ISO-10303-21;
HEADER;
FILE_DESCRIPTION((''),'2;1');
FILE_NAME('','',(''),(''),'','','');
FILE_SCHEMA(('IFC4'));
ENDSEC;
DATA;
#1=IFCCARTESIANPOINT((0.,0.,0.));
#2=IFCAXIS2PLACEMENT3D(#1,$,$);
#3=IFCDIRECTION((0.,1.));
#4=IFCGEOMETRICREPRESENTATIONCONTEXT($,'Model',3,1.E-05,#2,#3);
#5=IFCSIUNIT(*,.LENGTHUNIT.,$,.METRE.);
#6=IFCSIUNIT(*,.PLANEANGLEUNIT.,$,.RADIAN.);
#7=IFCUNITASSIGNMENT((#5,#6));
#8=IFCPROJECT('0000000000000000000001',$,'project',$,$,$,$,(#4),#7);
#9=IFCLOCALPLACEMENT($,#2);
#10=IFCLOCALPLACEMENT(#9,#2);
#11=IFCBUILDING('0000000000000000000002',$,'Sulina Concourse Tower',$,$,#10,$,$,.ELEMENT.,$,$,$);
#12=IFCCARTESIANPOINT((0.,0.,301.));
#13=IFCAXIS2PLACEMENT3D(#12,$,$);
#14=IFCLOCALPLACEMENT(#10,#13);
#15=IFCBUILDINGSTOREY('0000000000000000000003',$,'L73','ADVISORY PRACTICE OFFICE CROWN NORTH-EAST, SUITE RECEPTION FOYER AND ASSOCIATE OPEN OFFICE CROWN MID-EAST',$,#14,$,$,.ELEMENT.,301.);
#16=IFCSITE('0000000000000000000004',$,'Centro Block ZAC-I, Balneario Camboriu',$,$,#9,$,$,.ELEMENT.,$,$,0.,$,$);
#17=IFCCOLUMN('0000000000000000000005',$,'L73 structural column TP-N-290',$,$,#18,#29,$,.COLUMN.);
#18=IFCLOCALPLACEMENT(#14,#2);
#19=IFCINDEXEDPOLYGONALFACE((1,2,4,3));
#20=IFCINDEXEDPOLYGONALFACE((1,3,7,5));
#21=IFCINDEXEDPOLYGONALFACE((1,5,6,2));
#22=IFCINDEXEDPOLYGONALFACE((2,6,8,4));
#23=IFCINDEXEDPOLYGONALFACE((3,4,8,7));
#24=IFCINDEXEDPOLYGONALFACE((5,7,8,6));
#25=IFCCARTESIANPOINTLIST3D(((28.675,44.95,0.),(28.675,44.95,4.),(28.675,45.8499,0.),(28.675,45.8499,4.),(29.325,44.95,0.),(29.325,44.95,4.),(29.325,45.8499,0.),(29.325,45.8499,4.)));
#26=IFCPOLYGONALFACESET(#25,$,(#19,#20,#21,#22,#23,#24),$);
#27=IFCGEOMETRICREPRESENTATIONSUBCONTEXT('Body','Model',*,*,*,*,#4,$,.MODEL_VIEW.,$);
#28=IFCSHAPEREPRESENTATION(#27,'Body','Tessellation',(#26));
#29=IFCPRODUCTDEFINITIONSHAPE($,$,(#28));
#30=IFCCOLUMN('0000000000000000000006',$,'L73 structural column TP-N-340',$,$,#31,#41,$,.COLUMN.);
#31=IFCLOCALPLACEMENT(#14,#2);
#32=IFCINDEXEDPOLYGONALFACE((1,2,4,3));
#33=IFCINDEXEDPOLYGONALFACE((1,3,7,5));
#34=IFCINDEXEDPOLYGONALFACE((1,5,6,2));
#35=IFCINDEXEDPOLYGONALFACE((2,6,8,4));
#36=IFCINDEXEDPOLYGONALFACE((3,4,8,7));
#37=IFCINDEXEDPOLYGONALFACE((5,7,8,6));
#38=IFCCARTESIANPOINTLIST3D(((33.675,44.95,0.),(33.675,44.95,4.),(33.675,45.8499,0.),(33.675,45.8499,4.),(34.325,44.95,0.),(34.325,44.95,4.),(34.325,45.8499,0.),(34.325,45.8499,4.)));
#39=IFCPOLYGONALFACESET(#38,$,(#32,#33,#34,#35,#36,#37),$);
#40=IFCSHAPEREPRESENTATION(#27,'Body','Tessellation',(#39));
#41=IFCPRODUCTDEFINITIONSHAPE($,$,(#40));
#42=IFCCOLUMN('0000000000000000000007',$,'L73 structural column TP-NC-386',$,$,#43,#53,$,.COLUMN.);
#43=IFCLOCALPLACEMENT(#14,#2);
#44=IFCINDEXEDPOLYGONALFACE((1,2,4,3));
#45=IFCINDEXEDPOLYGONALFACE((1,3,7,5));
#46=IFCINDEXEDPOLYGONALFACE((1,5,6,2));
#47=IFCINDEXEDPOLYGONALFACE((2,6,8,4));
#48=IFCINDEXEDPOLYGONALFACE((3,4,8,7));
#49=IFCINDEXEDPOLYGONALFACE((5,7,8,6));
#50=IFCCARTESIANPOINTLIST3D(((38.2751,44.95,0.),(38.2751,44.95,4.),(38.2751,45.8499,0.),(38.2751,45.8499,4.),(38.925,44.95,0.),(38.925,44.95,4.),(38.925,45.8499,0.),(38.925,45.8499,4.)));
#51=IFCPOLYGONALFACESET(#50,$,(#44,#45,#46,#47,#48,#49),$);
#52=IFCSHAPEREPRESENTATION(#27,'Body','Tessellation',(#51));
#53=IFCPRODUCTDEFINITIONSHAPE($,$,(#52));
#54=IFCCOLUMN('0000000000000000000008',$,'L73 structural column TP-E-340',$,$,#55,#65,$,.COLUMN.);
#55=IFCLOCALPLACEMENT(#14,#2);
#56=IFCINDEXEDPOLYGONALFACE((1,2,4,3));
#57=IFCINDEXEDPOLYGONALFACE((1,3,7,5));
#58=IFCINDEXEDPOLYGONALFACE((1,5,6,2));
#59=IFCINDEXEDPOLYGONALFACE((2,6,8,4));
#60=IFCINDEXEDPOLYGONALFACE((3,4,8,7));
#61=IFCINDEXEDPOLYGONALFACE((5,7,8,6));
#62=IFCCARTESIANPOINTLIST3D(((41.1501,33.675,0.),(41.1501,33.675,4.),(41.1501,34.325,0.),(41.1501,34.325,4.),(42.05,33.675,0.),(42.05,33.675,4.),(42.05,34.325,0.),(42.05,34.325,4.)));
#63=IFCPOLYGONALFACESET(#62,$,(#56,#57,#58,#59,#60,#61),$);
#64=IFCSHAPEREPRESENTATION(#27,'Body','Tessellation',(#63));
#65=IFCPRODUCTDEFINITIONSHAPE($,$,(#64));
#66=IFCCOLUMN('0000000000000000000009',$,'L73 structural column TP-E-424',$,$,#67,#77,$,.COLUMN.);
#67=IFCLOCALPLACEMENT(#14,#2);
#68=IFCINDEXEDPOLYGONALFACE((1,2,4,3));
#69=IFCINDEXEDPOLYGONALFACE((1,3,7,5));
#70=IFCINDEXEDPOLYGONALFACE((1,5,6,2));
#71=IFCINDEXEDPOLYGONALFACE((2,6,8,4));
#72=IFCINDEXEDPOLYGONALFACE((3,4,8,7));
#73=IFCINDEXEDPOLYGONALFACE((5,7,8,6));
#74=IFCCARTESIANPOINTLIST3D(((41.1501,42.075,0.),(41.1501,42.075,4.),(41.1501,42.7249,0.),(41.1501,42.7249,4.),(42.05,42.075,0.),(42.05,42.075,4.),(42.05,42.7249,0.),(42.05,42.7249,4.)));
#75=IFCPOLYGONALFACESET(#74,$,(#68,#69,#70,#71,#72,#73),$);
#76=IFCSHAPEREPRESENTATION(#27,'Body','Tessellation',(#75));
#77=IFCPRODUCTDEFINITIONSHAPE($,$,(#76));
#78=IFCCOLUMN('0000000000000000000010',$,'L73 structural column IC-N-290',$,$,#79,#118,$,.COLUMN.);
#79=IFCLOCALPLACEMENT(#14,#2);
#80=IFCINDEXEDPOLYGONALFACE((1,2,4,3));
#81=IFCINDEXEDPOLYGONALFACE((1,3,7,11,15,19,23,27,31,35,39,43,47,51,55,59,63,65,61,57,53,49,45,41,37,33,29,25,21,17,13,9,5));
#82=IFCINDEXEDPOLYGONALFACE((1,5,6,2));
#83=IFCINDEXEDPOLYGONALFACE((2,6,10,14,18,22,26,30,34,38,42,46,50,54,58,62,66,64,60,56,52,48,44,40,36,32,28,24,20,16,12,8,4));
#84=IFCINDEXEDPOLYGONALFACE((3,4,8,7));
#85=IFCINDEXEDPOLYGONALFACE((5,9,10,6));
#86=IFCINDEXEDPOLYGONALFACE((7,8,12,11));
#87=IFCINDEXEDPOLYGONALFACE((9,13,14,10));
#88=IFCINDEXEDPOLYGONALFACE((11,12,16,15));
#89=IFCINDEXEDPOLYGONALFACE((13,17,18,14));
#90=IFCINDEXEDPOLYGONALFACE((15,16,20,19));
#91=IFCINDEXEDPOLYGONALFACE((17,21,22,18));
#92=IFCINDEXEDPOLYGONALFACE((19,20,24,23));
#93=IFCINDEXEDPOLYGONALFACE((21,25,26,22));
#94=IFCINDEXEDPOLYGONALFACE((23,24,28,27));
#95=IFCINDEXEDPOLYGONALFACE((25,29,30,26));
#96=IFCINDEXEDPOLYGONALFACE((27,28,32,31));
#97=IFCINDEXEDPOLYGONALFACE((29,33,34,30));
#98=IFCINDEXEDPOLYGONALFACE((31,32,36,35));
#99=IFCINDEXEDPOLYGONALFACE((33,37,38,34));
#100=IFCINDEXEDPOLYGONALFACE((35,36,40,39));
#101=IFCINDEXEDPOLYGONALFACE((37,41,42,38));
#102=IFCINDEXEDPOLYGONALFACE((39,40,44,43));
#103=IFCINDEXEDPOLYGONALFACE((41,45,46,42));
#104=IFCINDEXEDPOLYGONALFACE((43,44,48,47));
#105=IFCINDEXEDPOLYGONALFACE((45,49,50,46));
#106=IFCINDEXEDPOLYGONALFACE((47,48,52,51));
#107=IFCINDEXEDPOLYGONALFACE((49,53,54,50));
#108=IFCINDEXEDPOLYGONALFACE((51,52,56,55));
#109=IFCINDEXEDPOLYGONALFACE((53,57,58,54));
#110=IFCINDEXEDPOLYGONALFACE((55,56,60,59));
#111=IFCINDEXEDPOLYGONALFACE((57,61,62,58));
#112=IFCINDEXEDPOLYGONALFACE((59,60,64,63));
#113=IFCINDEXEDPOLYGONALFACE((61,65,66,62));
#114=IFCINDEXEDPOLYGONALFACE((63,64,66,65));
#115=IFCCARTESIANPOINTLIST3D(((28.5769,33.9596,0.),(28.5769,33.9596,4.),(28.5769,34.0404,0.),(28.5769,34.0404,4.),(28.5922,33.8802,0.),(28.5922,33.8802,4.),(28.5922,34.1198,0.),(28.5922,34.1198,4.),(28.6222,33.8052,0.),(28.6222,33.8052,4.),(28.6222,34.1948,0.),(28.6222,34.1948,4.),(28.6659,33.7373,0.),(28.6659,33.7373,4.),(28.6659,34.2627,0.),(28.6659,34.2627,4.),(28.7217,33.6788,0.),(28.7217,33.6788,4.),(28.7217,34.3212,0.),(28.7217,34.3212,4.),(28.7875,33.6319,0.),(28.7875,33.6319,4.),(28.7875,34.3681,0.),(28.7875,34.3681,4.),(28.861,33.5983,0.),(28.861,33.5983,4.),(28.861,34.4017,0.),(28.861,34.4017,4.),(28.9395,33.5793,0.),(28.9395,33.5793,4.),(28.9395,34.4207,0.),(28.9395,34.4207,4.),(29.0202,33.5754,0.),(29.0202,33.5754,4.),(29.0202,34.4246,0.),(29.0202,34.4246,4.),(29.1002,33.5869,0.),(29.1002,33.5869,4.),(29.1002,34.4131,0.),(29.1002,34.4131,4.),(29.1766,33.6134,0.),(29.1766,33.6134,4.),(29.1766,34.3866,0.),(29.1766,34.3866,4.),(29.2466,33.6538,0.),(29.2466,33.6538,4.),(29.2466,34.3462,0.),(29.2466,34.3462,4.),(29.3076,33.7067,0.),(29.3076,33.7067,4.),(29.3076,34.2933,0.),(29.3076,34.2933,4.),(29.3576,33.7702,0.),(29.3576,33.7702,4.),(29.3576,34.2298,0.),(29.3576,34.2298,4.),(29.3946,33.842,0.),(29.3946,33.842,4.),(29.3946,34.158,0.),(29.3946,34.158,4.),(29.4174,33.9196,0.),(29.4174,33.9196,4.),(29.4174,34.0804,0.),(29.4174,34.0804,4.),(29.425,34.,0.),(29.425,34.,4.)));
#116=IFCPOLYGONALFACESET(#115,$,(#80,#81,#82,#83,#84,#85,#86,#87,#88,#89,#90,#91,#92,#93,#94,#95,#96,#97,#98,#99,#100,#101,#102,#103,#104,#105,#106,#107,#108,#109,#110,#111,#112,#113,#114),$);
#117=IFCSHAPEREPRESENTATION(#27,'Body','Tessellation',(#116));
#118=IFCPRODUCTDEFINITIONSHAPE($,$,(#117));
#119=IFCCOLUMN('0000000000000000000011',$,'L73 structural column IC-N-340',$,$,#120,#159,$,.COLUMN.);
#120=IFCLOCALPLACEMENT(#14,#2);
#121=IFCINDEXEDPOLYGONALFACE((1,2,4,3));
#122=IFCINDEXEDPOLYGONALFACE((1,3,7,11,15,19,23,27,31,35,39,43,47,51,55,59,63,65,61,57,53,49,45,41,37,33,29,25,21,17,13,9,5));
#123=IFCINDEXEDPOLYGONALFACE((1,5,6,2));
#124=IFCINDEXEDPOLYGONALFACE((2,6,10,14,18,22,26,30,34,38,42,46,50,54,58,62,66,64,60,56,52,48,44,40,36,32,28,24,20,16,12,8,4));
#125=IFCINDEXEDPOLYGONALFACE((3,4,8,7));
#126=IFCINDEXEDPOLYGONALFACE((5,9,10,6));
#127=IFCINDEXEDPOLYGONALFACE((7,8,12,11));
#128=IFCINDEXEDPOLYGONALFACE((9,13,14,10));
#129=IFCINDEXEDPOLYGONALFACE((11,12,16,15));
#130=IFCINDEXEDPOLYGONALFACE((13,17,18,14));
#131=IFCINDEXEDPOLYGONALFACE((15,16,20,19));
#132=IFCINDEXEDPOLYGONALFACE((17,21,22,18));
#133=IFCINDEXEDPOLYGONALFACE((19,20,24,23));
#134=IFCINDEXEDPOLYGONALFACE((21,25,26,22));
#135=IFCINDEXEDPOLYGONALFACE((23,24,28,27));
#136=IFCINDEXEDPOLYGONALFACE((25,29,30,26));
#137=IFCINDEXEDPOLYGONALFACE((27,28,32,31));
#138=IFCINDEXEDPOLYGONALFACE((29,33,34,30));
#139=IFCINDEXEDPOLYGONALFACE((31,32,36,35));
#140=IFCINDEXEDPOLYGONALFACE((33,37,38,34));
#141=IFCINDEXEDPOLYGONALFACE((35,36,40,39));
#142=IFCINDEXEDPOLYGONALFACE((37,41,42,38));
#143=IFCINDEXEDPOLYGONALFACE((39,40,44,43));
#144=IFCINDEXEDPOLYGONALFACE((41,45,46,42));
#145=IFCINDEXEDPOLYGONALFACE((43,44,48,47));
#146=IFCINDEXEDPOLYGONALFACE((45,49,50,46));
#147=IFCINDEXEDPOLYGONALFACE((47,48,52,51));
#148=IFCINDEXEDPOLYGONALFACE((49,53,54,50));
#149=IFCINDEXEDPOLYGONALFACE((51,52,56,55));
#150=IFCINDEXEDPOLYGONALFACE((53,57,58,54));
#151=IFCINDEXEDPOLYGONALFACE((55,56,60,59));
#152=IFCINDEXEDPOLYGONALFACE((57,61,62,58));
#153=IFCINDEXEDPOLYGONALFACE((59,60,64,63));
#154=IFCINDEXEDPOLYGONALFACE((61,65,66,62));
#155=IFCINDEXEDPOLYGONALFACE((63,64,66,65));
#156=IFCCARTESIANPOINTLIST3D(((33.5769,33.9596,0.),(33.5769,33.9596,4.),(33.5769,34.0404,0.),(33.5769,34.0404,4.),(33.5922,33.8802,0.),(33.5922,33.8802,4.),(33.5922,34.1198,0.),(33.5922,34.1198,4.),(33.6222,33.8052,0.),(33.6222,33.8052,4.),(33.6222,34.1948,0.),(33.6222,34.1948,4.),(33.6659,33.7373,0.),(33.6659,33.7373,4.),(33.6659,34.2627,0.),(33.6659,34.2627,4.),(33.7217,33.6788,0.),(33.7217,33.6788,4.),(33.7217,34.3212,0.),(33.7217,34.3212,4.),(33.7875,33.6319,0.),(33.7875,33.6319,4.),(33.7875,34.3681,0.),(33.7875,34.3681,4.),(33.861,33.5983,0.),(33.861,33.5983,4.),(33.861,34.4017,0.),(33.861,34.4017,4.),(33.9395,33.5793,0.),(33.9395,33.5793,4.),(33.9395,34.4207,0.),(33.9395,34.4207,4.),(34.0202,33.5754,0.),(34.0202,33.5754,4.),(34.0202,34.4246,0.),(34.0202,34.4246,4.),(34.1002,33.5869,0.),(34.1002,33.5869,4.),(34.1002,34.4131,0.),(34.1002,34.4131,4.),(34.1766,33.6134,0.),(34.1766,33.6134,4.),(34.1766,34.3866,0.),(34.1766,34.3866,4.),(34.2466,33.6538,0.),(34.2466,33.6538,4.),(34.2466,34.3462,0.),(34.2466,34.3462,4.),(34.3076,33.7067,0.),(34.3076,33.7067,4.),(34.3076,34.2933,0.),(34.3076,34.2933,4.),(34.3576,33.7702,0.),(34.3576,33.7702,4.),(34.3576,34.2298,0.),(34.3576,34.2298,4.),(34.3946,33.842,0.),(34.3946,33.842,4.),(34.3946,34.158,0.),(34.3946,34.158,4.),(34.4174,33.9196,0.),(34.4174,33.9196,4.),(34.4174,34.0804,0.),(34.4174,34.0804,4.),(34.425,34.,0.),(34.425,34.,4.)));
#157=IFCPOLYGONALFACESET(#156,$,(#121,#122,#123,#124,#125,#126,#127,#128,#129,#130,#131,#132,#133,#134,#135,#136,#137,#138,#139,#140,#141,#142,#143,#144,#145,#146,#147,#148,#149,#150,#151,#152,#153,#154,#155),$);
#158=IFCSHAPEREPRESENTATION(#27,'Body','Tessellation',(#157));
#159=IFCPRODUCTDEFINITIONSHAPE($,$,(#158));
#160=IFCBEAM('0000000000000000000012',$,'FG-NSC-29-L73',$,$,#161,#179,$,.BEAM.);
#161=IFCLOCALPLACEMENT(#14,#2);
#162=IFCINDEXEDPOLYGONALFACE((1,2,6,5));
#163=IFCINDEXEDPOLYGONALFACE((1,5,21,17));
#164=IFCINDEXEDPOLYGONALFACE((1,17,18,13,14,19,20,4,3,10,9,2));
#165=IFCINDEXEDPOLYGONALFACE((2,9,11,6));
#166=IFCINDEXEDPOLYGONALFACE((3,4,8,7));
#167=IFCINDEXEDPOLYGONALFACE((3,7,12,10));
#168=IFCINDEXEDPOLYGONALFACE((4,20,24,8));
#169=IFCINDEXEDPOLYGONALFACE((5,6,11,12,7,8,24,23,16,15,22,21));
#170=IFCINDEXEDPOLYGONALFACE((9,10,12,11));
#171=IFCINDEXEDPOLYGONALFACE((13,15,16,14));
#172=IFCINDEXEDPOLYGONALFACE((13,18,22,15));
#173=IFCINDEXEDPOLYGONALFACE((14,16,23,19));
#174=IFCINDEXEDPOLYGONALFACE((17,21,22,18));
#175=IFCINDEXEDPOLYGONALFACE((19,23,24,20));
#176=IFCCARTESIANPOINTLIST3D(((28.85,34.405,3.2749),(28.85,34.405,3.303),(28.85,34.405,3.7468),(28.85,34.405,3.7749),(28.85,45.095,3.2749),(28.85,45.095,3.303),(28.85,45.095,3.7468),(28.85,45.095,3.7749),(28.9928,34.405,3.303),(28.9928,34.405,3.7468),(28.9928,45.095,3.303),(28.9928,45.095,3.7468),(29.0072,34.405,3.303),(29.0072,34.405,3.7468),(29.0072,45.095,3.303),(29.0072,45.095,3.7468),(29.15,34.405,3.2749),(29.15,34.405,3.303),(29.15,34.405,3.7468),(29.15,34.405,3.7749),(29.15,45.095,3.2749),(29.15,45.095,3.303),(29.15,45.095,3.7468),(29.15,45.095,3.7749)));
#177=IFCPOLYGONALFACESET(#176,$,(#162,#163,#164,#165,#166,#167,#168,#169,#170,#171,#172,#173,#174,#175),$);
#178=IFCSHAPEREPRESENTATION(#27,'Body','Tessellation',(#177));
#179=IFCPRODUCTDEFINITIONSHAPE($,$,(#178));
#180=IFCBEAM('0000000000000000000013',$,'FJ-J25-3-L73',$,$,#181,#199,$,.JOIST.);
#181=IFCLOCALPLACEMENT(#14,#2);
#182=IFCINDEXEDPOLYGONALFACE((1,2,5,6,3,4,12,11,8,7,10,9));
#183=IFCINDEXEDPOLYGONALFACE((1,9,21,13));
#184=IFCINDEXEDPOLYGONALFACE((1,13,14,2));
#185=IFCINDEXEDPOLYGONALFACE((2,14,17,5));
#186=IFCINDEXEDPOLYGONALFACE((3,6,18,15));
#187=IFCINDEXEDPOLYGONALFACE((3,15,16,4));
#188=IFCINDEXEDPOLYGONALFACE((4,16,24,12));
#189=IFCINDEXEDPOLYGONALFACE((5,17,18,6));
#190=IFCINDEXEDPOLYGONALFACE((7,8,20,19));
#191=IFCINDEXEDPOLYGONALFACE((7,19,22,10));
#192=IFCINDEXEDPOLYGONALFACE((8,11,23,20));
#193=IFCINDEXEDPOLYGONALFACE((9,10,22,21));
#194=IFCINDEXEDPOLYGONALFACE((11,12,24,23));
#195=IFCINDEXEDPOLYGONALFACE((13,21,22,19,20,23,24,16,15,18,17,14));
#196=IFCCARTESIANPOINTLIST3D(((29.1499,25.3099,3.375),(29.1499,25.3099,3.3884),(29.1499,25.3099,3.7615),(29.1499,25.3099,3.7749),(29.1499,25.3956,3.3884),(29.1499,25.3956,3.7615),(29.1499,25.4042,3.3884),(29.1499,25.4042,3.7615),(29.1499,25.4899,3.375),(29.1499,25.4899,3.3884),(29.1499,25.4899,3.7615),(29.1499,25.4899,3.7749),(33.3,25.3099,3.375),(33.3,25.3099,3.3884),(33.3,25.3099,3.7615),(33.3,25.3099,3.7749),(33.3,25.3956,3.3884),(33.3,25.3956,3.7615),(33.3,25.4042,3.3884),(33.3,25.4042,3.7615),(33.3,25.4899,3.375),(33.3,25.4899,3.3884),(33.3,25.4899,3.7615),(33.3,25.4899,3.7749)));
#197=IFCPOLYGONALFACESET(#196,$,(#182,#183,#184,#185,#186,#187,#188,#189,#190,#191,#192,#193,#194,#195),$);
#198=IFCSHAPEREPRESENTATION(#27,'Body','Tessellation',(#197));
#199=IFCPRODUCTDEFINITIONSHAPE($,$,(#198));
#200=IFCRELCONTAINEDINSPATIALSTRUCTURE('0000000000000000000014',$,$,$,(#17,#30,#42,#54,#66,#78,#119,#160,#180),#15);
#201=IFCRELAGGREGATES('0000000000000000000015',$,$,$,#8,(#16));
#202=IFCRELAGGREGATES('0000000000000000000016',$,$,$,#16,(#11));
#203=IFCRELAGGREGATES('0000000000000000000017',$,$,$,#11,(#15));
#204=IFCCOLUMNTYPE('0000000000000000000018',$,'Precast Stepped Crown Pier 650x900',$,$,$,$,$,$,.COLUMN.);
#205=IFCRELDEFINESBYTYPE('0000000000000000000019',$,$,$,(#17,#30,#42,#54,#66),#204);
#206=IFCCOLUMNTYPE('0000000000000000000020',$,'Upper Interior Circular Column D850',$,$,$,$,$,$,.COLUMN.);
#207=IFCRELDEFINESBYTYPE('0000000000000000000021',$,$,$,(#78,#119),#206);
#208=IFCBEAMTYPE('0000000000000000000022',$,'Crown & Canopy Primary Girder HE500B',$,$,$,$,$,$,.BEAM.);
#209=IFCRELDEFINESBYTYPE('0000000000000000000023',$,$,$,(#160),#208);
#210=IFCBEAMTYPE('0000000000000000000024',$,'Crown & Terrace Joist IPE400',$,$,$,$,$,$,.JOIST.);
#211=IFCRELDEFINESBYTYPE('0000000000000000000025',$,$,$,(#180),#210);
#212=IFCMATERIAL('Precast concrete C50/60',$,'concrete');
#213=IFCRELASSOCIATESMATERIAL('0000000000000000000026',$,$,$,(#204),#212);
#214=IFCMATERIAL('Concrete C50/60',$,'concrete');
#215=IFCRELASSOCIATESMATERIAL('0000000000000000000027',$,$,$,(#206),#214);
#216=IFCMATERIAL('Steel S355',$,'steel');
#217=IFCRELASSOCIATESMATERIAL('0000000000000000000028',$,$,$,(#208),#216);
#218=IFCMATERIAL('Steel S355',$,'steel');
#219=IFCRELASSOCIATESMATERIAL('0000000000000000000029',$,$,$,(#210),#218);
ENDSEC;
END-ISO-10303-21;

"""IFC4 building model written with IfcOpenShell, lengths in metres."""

from ifc_helpers import new_model, si_unit, direction, frame, origin, origin_2d, place, context, subcontext, project, spatial, rectangle, circle, i_section, extrude, material, material_profile, profile_set, type_object, element, save


model = new_model("IFC4")

# Units and contexts
model_context = context("Model", 3, precision=1e-05, world=origin(), true_north=direction((0.0, 1.0)))
body_context = subcontext(model_context, "Body", "Model", "MODEL_VIEW")
ifc_project = project(units=[si_unit("LENGTHUNIT", "METRE"), si_unit("PLANEANGLEUNIT", "RADIAN")], contexts=[model_context])

# Site, building, storey
site_placement = place(None, origin())
site = spatial("IfcSite", under=ifc_project, at=site_placement, Name="Centro Block ZAC-I, Balneario Camboriu", CompositionType="ELEMENT", RefElevation=0.0)
building_placement = place(site_placement, origin())
building = spatial("IfcBuilding", under=site, at=building_placement, Name="Sulina Concourse Tower", CompositionType="ELEMENT")
storey_placement = place(building_placement, frame((0.0, 0.0, 301.0)))
storey = spatial("IfcBuildingStorey", under=building, at=storey_placement, Name="L73", Description="ADVISORY PRACTICE OFFICE CROWN NORTH-EAST, SUITE RECEPTION FOYER AND ASSOCIATE OPEN OFFICE CROWN MID-EAST", CompositionType="ELEMENT", Elevation=301.0)

# Columns
ifc_material_1 = material(Name="Precast concrete C50/60", Category="concrete")
ifc_material_profile_1 = material_profile(ifc_material_1, rectangle(XDim=0.6499, YDim=0.8999, at=origin_2d()), Name="PC 650x900")
ifc_profile_set_1 = profile_set([ifc_material_profile_1], Name="Precast concrete C50/60")
column_type_1 = type_object("IfcColumnType", Name="Precast Stepped Crown Pier 650x900", PredefinedType="COLUMN", material=ifc_profile_set_1)
for number, where, z_axis, x_axis, name in (
    (1, (29.0, 45.3999, 0.0), (0.0, 0.0, 1.0), (1.0, 0.0, 0.0), "L73 structural column TP-N-290"),
    (2, (34.0, 45.3999, 0.0), (0.0, 0.0, 1.0), (1.0, 0.0, 0.0), "L73 structural column TP-N-340"),
    (3, (38.6001, 45.3999, 0.0), (0.0, 0.0, 1.0), (1.0, 0.0, 0.0), "L73 structural column TP-NC-386"),
    (4, (41.6001, 34.0, 0.0), (0.0, 0.0, 1.0), (0.0, 1.0, 0.0), "L73 structural column TP-E-340"),
    (5, (41.6001, 42.3999, 0.0), (0.0, 0.0, 1.0), (0.0, 1.0, 0.0), "L73 structural column TP-E-424"),
):
    element("IfcColumn", number, at=place(storey_placement, frame(where, z_axis=z_axis, x_axis=x_axis)), inside=storey, type_object=column_type_1, Name=name, PredefinedType="COLUMN", context=body_context, shape_type="SweptSolid", body=[
        extrude(rectangle(XDim=0.6499, YDim=0.8999, at=origin_2d()), origin(), (0.0, 0.0, 1.0), 4.0),
    ])
ifc_material_2 = material(Name="Concrete C50/60", Category="concrete")
ifc_material_profile_2 = material_profile(ifc_material_2, circle(Radius=0.425, at=origin_2d()), Name="RC D850")
ifc_profile_set_2 = profile_set([ifc_material_profile_2], Name="Concrete C50/60")
column_type_2 = type_object("IfcColumnType", Name="Upper Interior Circular Column D850", PredefinedType="COLUMN", material=ifc_profile_set_2)
for number, where, z_axis, x_axis, name in (
    (6, (29.0, 34.0, 0.0), (0.0, 0.0, 1.0), (1.0, 0.0, 0.0), "L73 structural column IC-N-290"),
    (7, (34.0, 34.0, 0.0), (0.0, 0.0, 1.0), (1.0, 0.0, 0.0), "L73 structural column IC-N-340"),
):
    element("IfcColumn", number, at=place(storey_placement, frame(where, z_axis=z_axis, x_axis=x_axis)), inside=storey, type_object=column_type_2, Name=name, PredefinedType="COLUMN", context=body_context, shape_type="SweptSolid", body=[
        extrude(circle(Radius=0.425, at=origin_2d()), origin(), (0.0, 0.0, 1.0), 4.0),
    ])

# Beams
ifc_material_3 = material(Name="Steel S355", Category="steel")
ifc_material_profile_3 = material_profile(ifc_material_3, i_section(OverallWidth=0.3, OverallDepth=0.5, WebThickness=0.0144, FlangeThickness=0.0281, at=origin_2d()), Name="HE 500 B")
ifc_profile_set_3 = profile_set([ifc_material_profile_3], Name="Steel S355")
beam_type_1 = type_object("IfcBeamType", Name="Crown & Canopy Primary Girder HE500B", PredefinedType="BEAM", material=ifc_profile_set_3)
beam_1_placement = place(storey_placement, frame((29.0, 34.405, 3.5249), z_axis=(0.0, 1.0, 0.0), x_axis=(-1.0, 0.0, 0.0)))
element("IfcBeam", 8, at=beam_1_placement, inside=storey, type_object=beam_type_1, Name="FG-NSC-29-L73", PredefinedType="BEAM", context=body_context, shape_type="SweptSolid", body=[
    extrude(i_section(OverallWidth=0.3, OverallDepth=0.5, WebThickness=0.0144, FlangeThickness=0.0281, at=origin_2d()), origin(), (0.0, 0.0, 1.0), 10.6899),
])
ifc_material_4 = material(Name="Steel S355", Category="steel")
ifc_material_profile_4 = material_profile(ifc_material_4, i_section(OverallWidth=0.1799, OverallDepth=0.3999, WebThickness=0.0085, FlangeThickness=0.0134, at=origin_2d()), Name="IPE 400")
ifc_profile_set_4 = profile_set([ifc_material_profile_4], Name="Steel S355")
beam_type_2 = type_object("IfcBeamType", Name="Crown & Terrace Joist IPE400", PredefinedType="JOIST", material=ifc_profile_set_4)
beam_2_placement = place(storey_placement, frame((29.1499, 25.3999, 3.575), z_axis=(1.0, 0.0, 0.0), x_axis=(0.0, 1.0, 0.0)))
element("IfcBeam", 9, at=beam_2_placement, inside=storey, type_object=beam_type_2, Name="FJ-J25-3-L73", PredefinedType="JOIST", context=body_context, shape_type="SweptSolid", body=[
    extrude(i_section(OverallWidth=0.1799, OverallDepth=0.3999, WebThickness=0.0085, FlangeThickness=0.0134, at=origin_2d()), origin(), (0.0, 0.0, 1.0), 4.1501),
])

save(model, "model.ifc")
